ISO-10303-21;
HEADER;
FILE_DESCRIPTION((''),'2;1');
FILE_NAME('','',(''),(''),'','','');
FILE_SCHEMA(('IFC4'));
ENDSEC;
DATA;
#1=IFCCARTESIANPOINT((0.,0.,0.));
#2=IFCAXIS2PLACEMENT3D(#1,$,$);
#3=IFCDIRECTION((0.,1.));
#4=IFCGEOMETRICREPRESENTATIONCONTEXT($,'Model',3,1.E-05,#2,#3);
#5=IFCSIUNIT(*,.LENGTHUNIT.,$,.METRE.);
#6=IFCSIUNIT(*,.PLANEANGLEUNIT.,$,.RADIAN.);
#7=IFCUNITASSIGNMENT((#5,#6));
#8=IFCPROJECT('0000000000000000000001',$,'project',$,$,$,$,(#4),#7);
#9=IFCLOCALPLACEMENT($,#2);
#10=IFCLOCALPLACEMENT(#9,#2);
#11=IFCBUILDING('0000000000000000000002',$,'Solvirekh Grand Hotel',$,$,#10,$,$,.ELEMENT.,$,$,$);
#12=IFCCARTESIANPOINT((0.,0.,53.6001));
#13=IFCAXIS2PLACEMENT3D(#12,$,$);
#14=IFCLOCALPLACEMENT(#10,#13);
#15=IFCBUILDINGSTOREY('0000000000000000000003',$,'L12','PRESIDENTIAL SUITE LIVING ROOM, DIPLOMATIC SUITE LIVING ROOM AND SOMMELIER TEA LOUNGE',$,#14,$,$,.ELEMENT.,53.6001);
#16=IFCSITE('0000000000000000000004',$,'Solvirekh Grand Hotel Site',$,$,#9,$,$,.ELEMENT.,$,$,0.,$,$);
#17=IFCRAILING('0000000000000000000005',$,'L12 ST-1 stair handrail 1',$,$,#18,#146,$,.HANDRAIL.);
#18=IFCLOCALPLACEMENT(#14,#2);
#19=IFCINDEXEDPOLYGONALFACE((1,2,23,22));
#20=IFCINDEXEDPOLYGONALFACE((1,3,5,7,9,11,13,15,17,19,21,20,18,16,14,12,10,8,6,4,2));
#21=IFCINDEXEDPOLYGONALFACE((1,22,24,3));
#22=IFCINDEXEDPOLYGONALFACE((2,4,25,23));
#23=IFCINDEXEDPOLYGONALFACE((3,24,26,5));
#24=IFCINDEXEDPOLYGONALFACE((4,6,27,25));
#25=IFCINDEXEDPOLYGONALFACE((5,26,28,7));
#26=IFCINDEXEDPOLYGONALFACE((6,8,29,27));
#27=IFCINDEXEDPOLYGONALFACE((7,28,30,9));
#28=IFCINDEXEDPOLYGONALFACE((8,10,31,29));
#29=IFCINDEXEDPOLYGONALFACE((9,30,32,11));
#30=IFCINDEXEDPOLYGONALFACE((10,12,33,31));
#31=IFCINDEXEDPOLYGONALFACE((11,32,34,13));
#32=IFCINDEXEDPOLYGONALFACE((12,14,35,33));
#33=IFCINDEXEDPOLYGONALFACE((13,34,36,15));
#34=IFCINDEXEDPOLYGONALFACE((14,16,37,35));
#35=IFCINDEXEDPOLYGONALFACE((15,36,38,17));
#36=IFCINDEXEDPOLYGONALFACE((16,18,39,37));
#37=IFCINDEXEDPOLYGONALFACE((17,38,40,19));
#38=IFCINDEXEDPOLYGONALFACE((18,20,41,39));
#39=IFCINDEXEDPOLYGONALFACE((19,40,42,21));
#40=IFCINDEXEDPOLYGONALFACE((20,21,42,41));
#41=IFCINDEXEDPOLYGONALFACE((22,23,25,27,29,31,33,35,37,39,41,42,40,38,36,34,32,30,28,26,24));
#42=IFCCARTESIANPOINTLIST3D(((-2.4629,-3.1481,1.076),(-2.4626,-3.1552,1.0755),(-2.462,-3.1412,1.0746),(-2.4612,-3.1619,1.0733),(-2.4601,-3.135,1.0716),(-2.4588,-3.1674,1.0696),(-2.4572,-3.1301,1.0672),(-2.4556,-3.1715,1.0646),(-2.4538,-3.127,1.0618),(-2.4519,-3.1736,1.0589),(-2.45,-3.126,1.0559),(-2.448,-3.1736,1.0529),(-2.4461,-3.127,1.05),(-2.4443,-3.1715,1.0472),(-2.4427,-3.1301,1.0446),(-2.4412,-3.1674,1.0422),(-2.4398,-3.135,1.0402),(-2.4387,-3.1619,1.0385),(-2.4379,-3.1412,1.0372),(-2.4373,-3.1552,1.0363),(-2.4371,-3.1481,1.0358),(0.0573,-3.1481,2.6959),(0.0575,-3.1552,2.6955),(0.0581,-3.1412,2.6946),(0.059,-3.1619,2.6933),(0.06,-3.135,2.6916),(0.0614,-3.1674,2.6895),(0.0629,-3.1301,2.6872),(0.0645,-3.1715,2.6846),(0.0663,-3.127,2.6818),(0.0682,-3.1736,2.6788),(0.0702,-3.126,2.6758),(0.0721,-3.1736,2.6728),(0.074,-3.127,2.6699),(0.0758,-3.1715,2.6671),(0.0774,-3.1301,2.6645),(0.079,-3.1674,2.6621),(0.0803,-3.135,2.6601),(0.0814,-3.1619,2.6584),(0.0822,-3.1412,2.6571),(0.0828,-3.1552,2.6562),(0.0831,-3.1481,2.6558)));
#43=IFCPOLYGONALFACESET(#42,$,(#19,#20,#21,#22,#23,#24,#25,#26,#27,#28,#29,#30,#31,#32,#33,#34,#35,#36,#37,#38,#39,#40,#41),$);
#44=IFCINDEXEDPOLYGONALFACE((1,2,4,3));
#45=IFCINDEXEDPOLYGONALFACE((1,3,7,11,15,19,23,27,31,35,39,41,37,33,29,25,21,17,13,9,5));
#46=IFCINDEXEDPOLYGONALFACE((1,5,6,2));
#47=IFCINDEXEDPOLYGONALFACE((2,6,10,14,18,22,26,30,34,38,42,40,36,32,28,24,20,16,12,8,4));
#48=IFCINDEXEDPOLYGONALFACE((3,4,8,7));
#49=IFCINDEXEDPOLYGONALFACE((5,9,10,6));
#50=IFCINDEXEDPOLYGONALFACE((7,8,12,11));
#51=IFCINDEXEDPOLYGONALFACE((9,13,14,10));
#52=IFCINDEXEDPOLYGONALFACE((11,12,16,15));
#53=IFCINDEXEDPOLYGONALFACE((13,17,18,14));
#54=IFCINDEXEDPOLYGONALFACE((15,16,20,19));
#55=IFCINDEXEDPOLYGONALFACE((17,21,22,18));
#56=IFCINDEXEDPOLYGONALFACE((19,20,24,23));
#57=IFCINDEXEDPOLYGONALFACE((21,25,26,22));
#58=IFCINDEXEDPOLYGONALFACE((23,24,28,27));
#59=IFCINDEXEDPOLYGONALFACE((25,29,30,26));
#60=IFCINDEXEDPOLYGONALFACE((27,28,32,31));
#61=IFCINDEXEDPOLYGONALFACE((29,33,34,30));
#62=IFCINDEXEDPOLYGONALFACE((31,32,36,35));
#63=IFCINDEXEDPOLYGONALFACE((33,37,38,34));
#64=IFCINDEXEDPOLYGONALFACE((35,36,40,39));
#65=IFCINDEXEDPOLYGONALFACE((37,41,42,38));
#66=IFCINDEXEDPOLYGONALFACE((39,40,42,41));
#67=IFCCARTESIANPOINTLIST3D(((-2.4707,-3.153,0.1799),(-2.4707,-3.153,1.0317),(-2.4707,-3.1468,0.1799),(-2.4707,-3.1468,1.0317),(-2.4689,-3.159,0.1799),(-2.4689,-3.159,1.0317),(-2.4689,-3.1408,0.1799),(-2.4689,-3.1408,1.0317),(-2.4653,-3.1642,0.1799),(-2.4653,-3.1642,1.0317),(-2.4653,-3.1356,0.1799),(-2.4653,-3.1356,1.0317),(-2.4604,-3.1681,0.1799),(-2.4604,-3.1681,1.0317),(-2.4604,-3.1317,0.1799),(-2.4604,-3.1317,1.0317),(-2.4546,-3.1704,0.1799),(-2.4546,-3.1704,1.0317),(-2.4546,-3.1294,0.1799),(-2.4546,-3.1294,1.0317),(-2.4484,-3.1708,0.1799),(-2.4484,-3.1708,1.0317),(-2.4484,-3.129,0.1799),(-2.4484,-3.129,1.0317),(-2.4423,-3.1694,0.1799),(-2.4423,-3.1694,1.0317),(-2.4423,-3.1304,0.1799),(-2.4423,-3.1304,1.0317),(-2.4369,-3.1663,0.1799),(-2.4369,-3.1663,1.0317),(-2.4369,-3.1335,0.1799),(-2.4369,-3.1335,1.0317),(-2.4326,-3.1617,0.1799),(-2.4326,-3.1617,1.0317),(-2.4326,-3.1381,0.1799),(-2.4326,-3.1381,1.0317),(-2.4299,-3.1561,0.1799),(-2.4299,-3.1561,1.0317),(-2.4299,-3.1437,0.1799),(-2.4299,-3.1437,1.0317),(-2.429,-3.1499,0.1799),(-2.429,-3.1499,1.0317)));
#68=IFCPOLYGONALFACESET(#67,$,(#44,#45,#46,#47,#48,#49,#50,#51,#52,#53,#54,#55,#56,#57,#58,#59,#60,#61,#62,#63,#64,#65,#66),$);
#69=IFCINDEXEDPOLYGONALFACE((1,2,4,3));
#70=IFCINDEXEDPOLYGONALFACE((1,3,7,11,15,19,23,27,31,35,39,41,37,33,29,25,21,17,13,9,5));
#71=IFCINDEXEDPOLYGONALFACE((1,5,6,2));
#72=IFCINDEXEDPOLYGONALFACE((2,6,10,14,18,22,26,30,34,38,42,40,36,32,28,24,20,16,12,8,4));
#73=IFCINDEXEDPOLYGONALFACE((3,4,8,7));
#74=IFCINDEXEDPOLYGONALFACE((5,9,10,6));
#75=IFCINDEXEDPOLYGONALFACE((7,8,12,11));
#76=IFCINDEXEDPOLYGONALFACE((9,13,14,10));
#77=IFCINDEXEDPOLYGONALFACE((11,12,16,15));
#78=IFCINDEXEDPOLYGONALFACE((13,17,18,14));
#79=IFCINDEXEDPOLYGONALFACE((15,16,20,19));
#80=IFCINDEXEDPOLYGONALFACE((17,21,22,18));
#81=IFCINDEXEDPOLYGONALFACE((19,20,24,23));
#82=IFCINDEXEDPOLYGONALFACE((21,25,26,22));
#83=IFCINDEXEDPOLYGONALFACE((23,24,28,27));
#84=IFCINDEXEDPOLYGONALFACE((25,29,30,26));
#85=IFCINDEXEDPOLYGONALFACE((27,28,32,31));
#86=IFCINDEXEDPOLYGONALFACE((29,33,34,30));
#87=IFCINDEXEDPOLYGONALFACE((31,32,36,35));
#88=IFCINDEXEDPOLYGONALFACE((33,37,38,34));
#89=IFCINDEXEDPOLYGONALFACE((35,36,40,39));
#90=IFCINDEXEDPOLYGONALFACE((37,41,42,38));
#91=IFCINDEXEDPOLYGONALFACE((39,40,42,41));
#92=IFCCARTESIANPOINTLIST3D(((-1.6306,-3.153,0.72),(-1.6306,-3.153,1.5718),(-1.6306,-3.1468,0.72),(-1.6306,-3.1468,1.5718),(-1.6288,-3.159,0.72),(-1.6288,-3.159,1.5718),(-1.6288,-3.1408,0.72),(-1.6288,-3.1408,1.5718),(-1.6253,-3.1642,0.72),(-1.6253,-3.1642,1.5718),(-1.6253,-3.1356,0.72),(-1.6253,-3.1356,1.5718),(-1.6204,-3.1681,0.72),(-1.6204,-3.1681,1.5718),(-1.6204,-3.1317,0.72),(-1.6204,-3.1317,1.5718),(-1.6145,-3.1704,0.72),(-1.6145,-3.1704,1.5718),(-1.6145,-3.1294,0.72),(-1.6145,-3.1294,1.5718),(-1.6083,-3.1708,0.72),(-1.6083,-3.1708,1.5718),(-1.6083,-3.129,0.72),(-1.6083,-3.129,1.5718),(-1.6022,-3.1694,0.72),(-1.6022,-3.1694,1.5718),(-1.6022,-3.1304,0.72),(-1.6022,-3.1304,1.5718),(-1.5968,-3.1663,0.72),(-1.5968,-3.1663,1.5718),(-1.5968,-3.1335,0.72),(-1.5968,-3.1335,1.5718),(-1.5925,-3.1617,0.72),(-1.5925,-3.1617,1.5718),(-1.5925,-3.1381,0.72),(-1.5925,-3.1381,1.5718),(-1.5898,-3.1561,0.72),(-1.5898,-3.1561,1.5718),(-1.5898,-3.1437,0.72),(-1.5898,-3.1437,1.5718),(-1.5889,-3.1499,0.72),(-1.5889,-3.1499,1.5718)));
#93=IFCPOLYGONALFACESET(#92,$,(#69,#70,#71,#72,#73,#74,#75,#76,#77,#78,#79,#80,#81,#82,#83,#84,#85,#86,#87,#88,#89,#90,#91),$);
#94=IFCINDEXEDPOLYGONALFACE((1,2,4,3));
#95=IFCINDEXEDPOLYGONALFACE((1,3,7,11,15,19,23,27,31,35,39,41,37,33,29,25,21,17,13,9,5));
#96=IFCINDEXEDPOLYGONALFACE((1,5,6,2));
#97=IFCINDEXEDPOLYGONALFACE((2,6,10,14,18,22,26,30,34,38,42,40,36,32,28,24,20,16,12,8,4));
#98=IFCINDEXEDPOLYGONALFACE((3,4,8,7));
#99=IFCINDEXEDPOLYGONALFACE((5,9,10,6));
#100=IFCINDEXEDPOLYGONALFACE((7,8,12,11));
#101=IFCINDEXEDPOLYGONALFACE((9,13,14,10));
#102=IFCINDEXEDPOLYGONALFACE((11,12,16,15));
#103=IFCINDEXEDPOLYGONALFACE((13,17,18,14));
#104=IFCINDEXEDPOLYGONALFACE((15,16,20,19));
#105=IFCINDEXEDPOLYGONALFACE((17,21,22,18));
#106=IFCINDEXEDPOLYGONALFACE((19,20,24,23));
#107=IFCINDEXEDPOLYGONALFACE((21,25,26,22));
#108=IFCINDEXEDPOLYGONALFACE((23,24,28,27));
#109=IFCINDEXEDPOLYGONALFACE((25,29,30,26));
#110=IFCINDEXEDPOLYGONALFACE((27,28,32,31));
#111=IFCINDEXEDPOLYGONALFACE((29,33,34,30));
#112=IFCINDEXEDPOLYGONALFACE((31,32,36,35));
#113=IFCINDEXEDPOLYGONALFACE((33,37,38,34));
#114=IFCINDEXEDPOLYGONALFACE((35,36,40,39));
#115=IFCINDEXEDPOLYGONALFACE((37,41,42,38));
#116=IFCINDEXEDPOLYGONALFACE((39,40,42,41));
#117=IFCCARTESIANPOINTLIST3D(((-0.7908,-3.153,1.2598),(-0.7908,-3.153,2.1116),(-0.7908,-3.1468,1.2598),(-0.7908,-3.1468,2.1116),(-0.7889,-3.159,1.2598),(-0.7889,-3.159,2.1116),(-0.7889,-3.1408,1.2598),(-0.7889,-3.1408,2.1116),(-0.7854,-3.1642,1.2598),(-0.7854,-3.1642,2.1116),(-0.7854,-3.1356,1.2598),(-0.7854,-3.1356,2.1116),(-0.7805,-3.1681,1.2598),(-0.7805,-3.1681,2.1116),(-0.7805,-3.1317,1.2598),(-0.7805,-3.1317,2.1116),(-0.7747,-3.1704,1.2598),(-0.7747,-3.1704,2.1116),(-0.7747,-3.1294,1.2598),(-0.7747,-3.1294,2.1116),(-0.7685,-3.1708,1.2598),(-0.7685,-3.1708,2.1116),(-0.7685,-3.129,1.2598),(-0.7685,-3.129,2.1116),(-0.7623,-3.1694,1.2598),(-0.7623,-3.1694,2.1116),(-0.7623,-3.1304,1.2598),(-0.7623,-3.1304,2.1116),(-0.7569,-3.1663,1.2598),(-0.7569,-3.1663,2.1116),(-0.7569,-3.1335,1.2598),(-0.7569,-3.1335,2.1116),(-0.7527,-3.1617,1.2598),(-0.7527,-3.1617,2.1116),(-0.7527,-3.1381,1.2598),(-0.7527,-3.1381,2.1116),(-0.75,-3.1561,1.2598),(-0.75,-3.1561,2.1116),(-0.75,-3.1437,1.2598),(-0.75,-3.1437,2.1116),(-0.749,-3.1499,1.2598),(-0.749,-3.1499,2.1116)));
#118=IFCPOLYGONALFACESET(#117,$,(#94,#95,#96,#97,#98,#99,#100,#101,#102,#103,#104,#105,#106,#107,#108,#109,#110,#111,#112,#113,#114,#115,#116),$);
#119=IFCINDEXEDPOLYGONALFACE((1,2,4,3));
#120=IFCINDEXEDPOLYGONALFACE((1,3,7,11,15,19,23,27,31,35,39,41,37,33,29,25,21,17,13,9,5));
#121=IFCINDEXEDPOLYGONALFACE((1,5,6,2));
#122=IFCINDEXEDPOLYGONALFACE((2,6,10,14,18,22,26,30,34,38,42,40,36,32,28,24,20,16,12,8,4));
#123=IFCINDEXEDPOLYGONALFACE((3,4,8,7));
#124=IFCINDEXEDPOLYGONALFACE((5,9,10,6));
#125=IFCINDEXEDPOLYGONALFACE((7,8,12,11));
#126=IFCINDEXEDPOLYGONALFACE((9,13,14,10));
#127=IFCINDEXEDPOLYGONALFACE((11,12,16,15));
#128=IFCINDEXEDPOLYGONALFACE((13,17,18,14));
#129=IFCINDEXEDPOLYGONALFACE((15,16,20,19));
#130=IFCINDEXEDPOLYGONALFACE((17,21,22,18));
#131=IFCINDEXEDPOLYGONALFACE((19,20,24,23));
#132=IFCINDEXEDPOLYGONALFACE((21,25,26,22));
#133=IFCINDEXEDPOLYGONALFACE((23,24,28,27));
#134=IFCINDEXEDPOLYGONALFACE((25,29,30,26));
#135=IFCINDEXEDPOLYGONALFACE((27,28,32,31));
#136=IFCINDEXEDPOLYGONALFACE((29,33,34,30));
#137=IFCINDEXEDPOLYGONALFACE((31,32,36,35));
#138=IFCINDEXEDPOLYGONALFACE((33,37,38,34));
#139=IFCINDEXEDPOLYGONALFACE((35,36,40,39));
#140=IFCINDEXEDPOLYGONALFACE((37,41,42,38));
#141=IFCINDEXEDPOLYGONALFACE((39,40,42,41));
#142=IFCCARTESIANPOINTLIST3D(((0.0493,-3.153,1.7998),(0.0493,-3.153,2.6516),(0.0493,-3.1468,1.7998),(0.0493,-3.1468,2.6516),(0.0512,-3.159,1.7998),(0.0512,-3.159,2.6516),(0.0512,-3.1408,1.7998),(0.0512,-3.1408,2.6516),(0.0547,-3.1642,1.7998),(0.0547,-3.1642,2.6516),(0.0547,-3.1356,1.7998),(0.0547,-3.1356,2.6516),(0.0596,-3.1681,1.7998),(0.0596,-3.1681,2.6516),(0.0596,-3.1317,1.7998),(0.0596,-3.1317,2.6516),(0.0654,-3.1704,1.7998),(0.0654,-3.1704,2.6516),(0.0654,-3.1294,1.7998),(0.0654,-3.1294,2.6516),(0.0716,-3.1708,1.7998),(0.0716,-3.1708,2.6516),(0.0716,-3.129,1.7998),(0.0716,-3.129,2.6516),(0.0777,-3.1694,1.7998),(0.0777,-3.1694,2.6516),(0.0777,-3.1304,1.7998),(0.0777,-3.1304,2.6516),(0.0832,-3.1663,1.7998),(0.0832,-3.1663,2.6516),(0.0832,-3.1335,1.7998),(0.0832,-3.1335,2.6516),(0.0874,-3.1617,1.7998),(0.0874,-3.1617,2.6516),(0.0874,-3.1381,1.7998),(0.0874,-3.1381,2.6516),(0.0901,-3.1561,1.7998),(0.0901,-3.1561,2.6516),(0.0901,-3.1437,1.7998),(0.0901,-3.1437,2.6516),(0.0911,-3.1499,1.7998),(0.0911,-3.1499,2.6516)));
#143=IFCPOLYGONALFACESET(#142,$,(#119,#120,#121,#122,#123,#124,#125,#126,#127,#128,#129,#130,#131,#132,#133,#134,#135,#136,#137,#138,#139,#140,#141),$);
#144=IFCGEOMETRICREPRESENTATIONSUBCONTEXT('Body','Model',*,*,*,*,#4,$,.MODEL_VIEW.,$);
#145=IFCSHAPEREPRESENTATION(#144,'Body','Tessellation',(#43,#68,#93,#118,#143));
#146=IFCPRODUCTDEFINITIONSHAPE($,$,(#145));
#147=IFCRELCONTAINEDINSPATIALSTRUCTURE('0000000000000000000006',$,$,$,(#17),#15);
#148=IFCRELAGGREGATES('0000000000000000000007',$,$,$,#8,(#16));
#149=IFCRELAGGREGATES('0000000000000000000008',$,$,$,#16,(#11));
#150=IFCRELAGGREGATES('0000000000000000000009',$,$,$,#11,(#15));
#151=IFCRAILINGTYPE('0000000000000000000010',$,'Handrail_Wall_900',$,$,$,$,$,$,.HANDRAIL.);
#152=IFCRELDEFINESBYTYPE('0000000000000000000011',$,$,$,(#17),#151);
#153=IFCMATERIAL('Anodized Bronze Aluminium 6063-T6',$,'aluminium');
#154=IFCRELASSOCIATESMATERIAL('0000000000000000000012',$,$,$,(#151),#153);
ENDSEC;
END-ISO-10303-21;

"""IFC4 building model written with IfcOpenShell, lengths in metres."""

from ifc_helpers import new_model, si_unit, direction, frame, origin, origin_2d, place, context, subcontext, project, spatial, circle, extrude, material, type_object, element, save


model = new_model("IFC4")

# Units and contexts
model_context = context("Model", 3, precision=1e-05, world=origin(), true_north=direction((0.0, 1.0)))
body_context = subcontext(model_context, "Body", "Model", "MODEL_VIEW")
ifc_project = project(units=[si_unit("LENGTHUNIT", "METRE"), si_unit("PLANEANGLEUNIT", "RADIAN")], contexts=[model_context])

# Site, building, storey
site_placement = place(None, origin())
site = spatial("IfcSite", under=ifc_project, at=site_placement, Name="Solvirekh Grand Hotel Site", CompositionType="ELEMENT", RefElevation=0.0)
building_placement = place(site_placement, origin())
building = spatial("IfcBuilding", under=site, at=building_placement, Name="Solvirekh Grand Hotel", CompositionType="ELEMENT")
storey_placement = place(building_placement, frame((0.0, 0.0, 53.6001)))
storey = spatial("IfcBuildingStorey", under=building, at=storey_placement, Name="L12", Description="PRESIDENTIAL SUITE LIVING ROOM, DIPLOMATIC SUITE LIVING ROOM AND SOMMELIER TEA LOUNGE", CompositionType="ELEMENT", Elevation=53.6001)

# Shared definitions
ifc_material_1 = material(Name="Anodized Bronze Aluminium 6063-T6", Category="aluminium")

# Railing
railing_type_1 = type_object("IfcRailingType", Name="Handrail_Wall_900", PredefinedType="HANDRAIL", material=ifc_material_1)
railing_1_placement = place(storey_placement, frame((-2.45, -3.1499, 0.1799)))
element("IfcRailing", 1, at=railing_1_placement, inside=storey, type_object=railing_type_1, Name="L12 ST-1 stair handrail 1", PredefinedType="HANDRAIL", context=body_context, shape_type="SweptSolid", body=[
    extrude(circle(Radius=0.0239, at=origin_2d()), frame((0.0, 0.0, 0.876), z_axis=(0.8412, 0.0, 0.540725), x_axis=(0.0, 1.0, 0.0)), (0.0, 0.0, 1.0), 2.9958),
    extrude(circle(Radius=0.021, at=origin_2d()), origin(), (0.0, 0.0, 1.0), 0.8518),
    extrude(circle(Radius=0.021, at=origin_2d()), frame((0.8401, 0.0, 0.54)), (0.0, 0.0, 1.0), 0.8518),
    extrude(circle(Radius=0.021, at=origin_2d()), frame((1.6799, 0.0, 1.0798)), (0.0, 0.0, 1.0), 0.8518),
    extrude(circle(Radius=0.021, at=origin_2d()), frame((2.52, 0.0, 1.6199)), (0.0, 0.0, 1.0), 0.8518),
])

save(model, "model.ifc")
